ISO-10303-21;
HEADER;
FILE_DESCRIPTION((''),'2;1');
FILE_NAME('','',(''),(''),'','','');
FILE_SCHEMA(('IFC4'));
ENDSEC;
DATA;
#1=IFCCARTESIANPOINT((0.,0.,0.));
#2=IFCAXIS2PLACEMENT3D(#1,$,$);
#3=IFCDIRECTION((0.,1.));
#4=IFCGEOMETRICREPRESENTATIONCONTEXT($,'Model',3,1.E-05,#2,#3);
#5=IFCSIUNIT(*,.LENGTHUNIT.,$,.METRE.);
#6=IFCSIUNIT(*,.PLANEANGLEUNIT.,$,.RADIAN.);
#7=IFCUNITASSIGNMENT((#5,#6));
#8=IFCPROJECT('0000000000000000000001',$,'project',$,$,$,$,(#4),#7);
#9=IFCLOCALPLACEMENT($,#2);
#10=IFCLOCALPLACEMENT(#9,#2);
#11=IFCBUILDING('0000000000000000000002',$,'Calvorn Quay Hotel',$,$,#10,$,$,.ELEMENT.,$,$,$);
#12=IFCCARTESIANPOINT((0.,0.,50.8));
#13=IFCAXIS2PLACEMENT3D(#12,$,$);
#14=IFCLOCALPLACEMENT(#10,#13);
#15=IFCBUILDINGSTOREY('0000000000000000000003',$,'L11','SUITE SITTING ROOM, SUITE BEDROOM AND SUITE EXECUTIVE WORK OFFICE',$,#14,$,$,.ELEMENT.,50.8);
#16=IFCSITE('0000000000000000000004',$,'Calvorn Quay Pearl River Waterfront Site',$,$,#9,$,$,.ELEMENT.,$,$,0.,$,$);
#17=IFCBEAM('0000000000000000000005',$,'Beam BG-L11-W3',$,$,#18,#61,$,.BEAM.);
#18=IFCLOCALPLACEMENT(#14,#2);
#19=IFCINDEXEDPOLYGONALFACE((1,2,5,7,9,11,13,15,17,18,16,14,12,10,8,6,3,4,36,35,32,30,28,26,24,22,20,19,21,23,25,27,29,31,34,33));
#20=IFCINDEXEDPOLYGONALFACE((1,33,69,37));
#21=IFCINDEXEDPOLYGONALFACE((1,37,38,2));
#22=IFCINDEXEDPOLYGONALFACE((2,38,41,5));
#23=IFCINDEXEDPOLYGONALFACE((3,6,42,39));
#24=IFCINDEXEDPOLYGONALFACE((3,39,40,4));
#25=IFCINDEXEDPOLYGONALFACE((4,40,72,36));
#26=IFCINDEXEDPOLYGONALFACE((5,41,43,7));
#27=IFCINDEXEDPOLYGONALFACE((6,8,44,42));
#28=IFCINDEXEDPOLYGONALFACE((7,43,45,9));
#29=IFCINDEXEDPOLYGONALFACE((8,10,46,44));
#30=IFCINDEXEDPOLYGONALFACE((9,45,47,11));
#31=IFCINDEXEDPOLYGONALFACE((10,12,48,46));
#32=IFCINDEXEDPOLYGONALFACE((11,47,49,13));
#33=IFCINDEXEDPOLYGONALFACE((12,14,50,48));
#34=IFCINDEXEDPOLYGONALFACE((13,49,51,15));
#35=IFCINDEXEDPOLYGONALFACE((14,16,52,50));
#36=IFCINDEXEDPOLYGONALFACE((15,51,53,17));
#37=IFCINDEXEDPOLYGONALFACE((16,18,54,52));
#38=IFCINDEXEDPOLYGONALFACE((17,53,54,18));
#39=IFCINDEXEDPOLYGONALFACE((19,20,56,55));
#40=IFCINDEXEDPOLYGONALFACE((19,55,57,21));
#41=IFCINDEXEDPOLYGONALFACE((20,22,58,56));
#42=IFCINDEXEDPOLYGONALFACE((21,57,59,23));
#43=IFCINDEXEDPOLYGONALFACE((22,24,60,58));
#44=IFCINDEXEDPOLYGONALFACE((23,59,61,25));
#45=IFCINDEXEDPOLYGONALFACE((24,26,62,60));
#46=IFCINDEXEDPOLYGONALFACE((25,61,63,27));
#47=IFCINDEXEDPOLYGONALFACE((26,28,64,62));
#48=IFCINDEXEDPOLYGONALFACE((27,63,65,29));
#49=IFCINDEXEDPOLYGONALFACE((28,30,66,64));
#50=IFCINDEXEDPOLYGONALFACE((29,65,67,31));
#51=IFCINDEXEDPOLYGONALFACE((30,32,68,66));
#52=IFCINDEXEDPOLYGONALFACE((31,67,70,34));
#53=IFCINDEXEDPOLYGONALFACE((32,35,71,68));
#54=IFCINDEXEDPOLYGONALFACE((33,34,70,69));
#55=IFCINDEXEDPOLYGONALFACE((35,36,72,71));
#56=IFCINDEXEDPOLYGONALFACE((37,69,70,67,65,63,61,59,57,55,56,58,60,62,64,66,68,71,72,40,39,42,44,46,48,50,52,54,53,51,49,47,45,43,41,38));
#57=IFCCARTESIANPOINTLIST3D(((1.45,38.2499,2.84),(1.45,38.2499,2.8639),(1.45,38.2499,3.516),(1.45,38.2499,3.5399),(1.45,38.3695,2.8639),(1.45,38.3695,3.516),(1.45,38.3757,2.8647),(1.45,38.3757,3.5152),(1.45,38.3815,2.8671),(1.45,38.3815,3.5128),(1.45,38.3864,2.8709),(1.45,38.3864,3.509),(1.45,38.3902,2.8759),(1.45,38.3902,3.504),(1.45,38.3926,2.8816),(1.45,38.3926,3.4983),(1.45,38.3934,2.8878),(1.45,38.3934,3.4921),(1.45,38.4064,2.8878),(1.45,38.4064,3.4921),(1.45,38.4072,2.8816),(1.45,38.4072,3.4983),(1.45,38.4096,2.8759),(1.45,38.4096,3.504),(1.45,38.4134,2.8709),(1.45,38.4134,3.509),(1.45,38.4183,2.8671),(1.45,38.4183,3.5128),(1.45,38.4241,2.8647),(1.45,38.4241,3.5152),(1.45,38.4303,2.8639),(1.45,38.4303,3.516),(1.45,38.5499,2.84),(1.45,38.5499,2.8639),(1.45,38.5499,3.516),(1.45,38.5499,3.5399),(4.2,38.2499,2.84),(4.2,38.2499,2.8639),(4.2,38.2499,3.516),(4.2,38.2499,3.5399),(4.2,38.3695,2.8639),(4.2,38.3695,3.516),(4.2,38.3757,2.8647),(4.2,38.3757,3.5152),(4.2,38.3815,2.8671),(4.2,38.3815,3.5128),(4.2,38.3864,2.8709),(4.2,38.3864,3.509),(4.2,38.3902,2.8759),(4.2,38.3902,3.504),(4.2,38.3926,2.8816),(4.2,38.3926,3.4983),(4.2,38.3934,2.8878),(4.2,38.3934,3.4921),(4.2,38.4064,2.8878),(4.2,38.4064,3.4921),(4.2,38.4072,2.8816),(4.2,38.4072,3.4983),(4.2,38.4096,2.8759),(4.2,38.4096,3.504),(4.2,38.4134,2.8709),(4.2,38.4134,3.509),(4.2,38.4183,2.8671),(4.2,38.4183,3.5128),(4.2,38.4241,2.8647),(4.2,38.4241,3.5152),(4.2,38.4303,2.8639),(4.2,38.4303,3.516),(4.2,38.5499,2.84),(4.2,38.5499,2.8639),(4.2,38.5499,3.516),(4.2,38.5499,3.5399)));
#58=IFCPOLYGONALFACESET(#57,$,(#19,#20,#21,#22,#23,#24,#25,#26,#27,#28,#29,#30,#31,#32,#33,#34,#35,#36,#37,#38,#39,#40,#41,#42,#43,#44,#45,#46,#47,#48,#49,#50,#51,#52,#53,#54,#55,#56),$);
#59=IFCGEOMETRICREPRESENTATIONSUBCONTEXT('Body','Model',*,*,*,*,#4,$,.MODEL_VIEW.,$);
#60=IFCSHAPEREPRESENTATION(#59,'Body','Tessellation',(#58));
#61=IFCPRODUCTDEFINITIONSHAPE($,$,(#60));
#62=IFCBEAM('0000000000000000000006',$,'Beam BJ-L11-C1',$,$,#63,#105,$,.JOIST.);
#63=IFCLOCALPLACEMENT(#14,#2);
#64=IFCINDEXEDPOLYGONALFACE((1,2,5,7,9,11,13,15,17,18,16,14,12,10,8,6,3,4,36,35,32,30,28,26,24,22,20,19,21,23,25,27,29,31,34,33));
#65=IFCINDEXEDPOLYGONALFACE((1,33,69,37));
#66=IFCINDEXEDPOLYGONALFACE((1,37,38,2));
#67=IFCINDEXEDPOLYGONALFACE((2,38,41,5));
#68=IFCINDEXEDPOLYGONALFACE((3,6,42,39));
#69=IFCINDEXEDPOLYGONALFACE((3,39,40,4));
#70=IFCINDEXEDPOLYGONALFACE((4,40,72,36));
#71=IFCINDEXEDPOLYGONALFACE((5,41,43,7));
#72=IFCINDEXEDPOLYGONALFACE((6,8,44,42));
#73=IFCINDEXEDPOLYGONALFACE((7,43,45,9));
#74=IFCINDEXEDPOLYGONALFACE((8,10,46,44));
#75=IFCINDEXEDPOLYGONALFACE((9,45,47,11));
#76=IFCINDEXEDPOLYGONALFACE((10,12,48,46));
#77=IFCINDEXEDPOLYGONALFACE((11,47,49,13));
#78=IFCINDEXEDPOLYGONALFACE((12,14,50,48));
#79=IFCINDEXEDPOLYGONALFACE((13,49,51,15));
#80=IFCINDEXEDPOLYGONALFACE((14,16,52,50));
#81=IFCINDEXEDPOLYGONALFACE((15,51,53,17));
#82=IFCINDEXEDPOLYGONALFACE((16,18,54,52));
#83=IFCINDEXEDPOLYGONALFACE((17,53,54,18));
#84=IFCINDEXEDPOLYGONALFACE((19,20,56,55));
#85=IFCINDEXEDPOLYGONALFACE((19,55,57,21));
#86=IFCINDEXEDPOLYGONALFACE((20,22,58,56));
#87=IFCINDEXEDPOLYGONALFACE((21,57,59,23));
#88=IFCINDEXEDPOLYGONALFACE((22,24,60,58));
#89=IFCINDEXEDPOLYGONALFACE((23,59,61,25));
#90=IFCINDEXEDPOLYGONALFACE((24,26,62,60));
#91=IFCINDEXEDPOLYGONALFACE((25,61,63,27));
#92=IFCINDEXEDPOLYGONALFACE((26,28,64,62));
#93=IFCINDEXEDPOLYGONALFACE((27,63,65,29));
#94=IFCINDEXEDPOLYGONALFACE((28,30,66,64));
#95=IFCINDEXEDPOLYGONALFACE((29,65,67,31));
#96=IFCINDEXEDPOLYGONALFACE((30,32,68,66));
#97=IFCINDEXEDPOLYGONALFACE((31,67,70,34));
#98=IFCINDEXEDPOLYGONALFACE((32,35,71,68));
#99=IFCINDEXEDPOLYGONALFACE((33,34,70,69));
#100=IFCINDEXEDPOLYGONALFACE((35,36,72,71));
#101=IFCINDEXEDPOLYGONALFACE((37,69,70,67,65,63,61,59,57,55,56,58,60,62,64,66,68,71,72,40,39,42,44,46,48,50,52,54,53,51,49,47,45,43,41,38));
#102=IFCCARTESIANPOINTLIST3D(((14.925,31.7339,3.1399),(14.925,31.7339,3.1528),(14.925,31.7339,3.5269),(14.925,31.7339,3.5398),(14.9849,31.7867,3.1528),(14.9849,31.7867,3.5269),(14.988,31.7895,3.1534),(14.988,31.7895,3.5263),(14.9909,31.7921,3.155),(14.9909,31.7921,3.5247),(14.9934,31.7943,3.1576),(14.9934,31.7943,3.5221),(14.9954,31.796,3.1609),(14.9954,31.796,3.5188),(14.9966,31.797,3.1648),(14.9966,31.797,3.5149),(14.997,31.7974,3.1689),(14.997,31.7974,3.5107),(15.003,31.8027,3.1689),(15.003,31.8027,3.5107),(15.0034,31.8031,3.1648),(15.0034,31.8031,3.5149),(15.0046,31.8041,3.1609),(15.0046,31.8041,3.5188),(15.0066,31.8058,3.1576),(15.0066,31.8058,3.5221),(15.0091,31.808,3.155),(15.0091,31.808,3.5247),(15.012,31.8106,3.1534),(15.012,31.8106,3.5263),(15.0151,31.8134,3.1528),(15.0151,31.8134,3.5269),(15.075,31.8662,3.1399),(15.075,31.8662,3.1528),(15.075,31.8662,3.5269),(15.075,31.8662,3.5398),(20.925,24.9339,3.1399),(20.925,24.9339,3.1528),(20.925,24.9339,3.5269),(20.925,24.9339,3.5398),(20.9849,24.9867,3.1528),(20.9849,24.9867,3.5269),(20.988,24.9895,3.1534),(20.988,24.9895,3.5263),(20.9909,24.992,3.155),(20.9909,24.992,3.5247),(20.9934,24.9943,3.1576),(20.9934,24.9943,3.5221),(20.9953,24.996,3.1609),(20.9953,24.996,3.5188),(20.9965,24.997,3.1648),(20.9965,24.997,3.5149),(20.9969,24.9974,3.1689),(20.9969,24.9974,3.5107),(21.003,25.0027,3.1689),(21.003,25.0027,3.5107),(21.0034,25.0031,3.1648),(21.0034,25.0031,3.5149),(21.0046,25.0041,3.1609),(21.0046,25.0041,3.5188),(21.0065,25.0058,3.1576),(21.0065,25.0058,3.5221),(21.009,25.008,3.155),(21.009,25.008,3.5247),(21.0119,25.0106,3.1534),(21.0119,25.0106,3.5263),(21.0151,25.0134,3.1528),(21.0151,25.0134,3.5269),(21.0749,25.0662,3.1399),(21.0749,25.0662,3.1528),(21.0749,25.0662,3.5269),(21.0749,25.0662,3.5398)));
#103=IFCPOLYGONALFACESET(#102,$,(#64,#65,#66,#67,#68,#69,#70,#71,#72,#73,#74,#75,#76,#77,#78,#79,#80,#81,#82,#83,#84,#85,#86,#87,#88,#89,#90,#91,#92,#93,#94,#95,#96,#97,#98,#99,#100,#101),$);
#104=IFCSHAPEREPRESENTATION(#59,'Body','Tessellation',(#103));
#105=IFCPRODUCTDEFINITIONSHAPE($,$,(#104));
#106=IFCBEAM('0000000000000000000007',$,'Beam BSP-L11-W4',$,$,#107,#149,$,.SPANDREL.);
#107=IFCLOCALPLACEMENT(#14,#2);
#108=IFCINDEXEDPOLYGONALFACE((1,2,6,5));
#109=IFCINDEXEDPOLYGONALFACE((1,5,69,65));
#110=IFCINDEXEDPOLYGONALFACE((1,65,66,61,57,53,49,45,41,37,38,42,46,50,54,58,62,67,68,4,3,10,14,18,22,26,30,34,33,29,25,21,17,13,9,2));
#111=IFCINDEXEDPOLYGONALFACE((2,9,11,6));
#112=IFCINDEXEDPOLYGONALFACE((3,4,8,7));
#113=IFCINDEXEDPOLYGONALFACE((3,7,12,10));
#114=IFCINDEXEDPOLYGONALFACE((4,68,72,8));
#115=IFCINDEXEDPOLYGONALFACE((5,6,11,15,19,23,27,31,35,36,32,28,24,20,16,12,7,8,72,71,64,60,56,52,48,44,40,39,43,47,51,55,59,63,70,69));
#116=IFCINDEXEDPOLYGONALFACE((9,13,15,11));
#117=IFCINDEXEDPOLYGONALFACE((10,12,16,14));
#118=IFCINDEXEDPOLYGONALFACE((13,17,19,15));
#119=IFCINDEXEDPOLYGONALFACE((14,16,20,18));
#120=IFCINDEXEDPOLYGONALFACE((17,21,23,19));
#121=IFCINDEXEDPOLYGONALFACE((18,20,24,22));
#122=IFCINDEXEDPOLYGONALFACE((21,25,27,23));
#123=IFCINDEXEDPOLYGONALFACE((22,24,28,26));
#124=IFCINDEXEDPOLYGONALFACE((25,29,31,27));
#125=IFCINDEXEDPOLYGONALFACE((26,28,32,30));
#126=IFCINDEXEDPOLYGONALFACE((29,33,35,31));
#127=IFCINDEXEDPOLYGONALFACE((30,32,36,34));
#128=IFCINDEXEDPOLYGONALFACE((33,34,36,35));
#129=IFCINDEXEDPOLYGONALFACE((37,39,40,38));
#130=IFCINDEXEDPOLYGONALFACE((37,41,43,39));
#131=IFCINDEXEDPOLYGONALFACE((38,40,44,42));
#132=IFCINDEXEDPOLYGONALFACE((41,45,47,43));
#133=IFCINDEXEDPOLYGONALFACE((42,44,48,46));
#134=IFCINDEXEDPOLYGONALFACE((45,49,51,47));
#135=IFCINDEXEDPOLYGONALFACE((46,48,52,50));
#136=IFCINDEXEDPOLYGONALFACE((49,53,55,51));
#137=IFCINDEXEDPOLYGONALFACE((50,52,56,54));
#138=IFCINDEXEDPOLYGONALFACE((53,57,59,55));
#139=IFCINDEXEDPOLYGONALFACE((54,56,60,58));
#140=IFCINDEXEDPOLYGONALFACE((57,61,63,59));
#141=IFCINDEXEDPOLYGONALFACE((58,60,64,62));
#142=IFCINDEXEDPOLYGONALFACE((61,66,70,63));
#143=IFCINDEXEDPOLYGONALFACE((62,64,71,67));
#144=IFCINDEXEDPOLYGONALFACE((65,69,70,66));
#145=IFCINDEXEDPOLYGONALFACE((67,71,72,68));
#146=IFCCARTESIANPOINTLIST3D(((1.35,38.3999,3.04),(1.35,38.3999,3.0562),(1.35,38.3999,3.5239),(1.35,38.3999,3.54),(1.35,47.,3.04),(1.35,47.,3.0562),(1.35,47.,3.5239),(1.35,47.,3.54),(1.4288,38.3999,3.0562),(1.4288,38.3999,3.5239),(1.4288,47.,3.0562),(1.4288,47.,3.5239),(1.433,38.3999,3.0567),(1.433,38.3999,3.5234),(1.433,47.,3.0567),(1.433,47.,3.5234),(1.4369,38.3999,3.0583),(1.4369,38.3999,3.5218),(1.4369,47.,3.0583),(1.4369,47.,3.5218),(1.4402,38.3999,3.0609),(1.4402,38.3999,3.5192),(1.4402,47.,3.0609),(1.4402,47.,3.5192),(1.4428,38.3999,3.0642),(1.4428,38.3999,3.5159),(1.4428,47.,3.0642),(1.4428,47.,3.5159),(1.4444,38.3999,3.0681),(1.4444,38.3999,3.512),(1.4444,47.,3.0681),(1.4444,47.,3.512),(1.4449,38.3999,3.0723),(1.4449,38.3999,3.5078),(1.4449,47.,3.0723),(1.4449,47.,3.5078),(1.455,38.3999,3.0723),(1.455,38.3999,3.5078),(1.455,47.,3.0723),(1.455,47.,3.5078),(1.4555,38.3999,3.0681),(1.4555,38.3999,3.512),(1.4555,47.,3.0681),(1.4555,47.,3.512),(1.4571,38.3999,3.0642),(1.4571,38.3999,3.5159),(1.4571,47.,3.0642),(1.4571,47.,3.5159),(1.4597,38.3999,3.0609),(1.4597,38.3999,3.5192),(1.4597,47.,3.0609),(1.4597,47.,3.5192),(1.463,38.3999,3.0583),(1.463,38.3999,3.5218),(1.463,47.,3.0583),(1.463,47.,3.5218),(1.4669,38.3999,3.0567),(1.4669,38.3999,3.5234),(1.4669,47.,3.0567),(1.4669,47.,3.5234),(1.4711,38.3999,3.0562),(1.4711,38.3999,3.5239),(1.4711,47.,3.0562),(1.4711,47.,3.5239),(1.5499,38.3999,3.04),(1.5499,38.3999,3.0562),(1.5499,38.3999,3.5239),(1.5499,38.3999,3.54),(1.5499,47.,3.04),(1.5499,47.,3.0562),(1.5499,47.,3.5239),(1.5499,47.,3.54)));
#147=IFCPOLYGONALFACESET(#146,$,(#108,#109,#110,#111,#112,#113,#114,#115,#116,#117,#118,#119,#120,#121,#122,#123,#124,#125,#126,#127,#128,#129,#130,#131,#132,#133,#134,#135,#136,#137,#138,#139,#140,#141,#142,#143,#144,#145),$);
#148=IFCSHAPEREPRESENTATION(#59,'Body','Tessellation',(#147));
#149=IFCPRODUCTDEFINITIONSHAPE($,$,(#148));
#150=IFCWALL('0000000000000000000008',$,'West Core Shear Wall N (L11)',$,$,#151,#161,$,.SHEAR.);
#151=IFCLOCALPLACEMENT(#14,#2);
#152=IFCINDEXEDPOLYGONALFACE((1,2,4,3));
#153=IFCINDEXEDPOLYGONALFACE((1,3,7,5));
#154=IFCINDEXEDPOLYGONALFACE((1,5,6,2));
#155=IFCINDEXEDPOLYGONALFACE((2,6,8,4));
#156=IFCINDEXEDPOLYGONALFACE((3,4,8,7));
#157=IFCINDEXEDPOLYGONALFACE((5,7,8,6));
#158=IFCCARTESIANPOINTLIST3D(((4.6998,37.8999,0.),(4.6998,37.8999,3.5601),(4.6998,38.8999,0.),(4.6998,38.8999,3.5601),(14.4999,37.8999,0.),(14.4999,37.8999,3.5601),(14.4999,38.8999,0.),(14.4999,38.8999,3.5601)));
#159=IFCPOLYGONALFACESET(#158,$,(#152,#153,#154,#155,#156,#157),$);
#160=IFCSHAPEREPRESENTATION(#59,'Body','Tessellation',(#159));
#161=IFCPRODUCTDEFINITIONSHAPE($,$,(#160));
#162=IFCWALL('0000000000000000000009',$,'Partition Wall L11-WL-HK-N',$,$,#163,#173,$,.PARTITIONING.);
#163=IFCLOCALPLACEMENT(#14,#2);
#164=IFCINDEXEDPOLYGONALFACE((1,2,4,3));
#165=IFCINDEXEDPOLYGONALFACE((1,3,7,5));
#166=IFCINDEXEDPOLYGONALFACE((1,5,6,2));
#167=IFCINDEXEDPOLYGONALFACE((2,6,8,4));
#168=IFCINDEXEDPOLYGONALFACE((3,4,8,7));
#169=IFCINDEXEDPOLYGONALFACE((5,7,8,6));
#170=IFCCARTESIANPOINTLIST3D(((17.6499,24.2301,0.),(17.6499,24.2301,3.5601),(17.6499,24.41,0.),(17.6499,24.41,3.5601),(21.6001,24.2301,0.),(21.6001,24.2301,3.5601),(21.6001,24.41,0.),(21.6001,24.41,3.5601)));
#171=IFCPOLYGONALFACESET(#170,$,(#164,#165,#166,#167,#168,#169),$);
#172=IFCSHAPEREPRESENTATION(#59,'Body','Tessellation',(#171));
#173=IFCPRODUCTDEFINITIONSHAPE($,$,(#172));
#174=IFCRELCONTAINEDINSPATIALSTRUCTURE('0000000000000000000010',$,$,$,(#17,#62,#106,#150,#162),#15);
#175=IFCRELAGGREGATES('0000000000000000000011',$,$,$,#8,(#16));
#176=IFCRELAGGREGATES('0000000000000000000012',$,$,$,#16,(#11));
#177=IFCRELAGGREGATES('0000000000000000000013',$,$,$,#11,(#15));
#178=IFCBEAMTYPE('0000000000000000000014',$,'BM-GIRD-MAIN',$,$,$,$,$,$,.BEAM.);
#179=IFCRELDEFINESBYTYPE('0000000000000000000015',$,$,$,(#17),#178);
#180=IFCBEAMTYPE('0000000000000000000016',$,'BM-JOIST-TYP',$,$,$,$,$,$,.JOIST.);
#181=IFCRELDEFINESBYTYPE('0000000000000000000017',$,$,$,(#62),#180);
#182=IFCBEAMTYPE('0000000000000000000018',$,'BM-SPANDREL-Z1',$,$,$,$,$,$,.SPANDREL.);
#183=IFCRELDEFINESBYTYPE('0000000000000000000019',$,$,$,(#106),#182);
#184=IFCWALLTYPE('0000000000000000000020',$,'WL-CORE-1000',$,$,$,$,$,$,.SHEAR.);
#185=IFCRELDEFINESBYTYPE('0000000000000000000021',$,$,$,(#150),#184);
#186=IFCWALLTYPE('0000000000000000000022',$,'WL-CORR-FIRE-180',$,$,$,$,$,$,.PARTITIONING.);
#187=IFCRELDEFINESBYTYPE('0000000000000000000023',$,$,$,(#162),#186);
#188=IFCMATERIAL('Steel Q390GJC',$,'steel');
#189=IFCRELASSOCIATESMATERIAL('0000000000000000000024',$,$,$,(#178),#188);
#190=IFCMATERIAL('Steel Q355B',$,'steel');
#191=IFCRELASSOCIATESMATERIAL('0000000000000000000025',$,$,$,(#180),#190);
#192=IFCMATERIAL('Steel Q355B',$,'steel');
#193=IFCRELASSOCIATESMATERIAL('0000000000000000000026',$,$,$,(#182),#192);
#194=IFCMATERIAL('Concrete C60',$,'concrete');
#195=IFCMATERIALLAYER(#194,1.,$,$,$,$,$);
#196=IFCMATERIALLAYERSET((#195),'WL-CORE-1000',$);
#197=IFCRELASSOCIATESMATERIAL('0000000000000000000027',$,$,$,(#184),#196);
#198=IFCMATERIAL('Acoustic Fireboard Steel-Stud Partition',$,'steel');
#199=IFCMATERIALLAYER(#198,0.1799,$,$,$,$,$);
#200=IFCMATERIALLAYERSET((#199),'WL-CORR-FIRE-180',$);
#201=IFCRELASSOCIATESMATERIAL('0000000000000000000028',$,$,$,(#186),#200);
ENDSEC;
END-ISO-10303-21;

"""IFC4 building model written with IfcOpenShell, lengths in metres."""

from ifc_helpers import new_model, si_unit, direction, frame, frame_2d, origin, origin_2d, place, context, subcontext, project, spatial, rectangle, i_section, extrude, material, layer, layer_set, material_profile, profile_set, type_object, element, save


model = new_model("IFC4")

# Units and contexts
model_context = context("Model", 3, precision=1e-05, world=origin(), true_north=direction((0.0, 1.0)))
body_context = subcontext(model_context, "Body", "Model", "MODEL_VIEW")
ifc_project = project(units=[si_unit("LENGTHUNIT", "METRE"), si_unit("PLANEANGLEUNIT", "RADIAN")], contexts=[model_context])

# Site, building, storey
site_placement = place(None, origin())
site = spatial("IfcSite", under=ifc_project, at=site_placement, Name="Calvorn Quay Pearl River Waterfront Site", CompositionType="ELEMENT", RefElevation=0.0)
building_placement = place(site_placement, origin())
building = spatial("IfcBuilding", under=site, at=building_placement, Name="Calvorn Quay Hotel", CompositionType="ELEMENT")
storey_placement = place(building_placement, frame((0.0, 0.0, 50.8)))
storey = spatial("IfcBuildingStorey", under=building, at=storey_placement, Name="L11", Description="SUITE SITTING ROOM, SUITE BEDROOM AND SUITE EXECUTIVE WORK OFFICE", CompositionType="ELEMENT", Elevation=50.8)

# Beams
ifc_material_1 = material(Name="Steel Q390GJC", Category="steel")
ifc_material_profile_1 = material_profile(ifc_material_1, i_section(OverallWidth=0.3, OverallDepth=0.7, WebThickness=0.0129, FlangeThickness=0.0239, FilletRadius=0.0239, at=origin_2d()), Name="HN700x300x13x24")
ifc_profile_set_1 = profile_set([ifc_material_profile_1], Name="Steel Q390GJC")
beam_type_1 = type_object("IfcBeamType", Name="BM-GIRD-MAIN", PredefinedType="BEAM", material=ifc_profile_set_1)
beam_1_placement = place(storey_placement, frame((1.45, 38.3999, 3.1899), z_axis=(1.0, 0.0, 0.0), x_axis=(0.0, 1.0, 0.0)))
element("IfcBeam", 1, at=beam_1_placement, inside=storey, type_object=beam_type_1, Name="Beam BG-L11-W3", PredefinedType="BEAM", context=body_context, shape_type="SweptSolid", body=[
    extrude(i_section(OverallWidth=0.3, OverallDepth=0.7, WebThickness=0.0129, FlangeThickness=0.0239, FilletRadius=0.0239, at=origin_2d()), origin(), (0.0, 0.0, 1.0), 2.75),
])
ifc_material_2 = material(Name="Steel Q355B", Category="steel")
ifc_material_profile_2 = material_profile(ifc_material_2, i_section(OverallWidth=0.2, OverallDepth=0.3999, WebThickness=0.0081, FlangeThickness=0.0129, FilletRadius=0.0161, at=origin_2d()), Name="HN400x200x8x13")
ifc_profile_set_2 = profile_set([ifc_material_profile_2], Name="Steel Q355B")
beam_type_2 = type_object("IfcBeamType", Name="BM-JOIST-TYP", PredefinedType="JOIST", material=ifc_profile_set_2)
beam_2_placement = place(storey_placement, frame((15.0, 31.8, 3.3398), z_axis=(0.661619, -0.74984, 0.0), x_axis=(0.74984, 0.661619, 0.0)))
element("IfcBeam", 2, at=beam_2_placement, inside=storey, type_object=beam_type_2, Name="Beam BJ-L11-C1", PredefinedType="JOIST", context=body_context, shape_type="SweptSolid", body=[
    extrude(i_section(OverallWidth=0.2, OverallDepth=0.3999, WebThickness=0.0081, FlangeThickness=0.0129, FilletRadius=0.0161, at=origin_2d()), origin(), (0.0, 0.0, 1.0), 9.0686),
])
ifc_material_3 = material(Name="Steel Q355B", Category="steel")
ifc_material_profile_3 = material_profile(ifc_material_3, i_section(OverallWidth=0.2, OverallDepth=0.5, WebThickness=0.01, FlangeThickness=0.0161, FilletRadius=0.0161, at=origin_2d()), Name="HN500x200x10x16")
ifc_profile_set_3 = profile_set([ifc_material_profile_3], Name="Steel Q355B")
beam_type_3 = type_object("IfcBeamType", Name="BM-SPANDREL-Z1", PredefinedType="SPANDREL", material=ifc_profile_set_3)
beam_3_placement = place(storey_placement, frame((1.45, 38.3999, 3.29), z_axis=(0.0, 1.0, 0.0), x_axis=(-1.0, 0.0, 0.0)))
element("IfcBeam", 3, at=beam_3_placement, inside=storey, type_object=beam_type_3, Name="Beam BSP-L11-W4", PredefinedType="SPANDREL", context=body_context, shape_type="SweptSolid", body=[
    extrude(i_section(OverallWidth=0.2, OverallDepth=0.5, WebThickness=0.01, FlangeThickness=0.0161, FilletRadius=0.0161, at=origin_2d()), origin(), (0.0, 0.0, 1.0), 8.6001),
])

# Walls
ifc_material_4 = material(Name="Concrete C60", Category="concrete")
ifc_layer_1 = layer(ifc_material_4, 1.0)
ifc_layer_set_1 = layer_set([ifc_layer_1], Name="WL-CORE-1000")
wall_type_1 = type_object("IfcWallType", Name="WL-CORE-1000", PredefinedType="SHEAR", material=ifc_layer_set_1)
wall_1_placement = place(storey_placement, frame((4.7, 38.3999, 0.0), z_axis=(0.0, 0.0, 1.0), x_axis=(1.0, 0.0, 0.0)))
element("IfcWall", 4, at=wall_1_placement, inside=storey, type_object=wall_type_1, Name="West Core Shear Wall N (L11)", PredefinedType="SHEAR", context=body_context, shape_type="SweptSolid", body=[
    extrude(rectangle(XDim=9.8, YDim=1.0, at=frame_2d((4.8999, 0.0))), origin(), (0.0, 0.0, 1.0), 3.5601),
])
ifc_material_5 = material(Name="Acoustic Fireboard Steel-Stud Partition", Category="steel")
ifc_layer_2 = layer(ifc_material_5, 0.1799)
ifc_layer_set_2 = layer_set([ifc_layer_2], Name="WL-CORR-FIRE-180")
wall_type_2 = type_object("IfcWallType", Name="WL-CORR-FIRE-180", PredefinedType="PARTITIONING", material=ifc_layer_set_2)
wall_2_placement = place(storey_placement, frame((17.6499, 24.3201, 0.0), z_axis=(0.0, 0.0, 1.0), x_axis=(1.0, 0.0, 0.0)))
element("IfcWall", 5, at=wall_2_placement, inside=storey, type_object=wall_type_2, Name="Partition Wall L11-WL-HK-N", PredefinedType="PARTITIONING", context=body_context, shape_type="SweptSolid", body=[
    extrude(rectangle(XDim=3.9502, YDim=0.1799, at=frame_2d((1.9751, 0.0))), origin(), (0.0, 0.0, 1.0), 3.5601),
])

save(model, "model.ifc")
